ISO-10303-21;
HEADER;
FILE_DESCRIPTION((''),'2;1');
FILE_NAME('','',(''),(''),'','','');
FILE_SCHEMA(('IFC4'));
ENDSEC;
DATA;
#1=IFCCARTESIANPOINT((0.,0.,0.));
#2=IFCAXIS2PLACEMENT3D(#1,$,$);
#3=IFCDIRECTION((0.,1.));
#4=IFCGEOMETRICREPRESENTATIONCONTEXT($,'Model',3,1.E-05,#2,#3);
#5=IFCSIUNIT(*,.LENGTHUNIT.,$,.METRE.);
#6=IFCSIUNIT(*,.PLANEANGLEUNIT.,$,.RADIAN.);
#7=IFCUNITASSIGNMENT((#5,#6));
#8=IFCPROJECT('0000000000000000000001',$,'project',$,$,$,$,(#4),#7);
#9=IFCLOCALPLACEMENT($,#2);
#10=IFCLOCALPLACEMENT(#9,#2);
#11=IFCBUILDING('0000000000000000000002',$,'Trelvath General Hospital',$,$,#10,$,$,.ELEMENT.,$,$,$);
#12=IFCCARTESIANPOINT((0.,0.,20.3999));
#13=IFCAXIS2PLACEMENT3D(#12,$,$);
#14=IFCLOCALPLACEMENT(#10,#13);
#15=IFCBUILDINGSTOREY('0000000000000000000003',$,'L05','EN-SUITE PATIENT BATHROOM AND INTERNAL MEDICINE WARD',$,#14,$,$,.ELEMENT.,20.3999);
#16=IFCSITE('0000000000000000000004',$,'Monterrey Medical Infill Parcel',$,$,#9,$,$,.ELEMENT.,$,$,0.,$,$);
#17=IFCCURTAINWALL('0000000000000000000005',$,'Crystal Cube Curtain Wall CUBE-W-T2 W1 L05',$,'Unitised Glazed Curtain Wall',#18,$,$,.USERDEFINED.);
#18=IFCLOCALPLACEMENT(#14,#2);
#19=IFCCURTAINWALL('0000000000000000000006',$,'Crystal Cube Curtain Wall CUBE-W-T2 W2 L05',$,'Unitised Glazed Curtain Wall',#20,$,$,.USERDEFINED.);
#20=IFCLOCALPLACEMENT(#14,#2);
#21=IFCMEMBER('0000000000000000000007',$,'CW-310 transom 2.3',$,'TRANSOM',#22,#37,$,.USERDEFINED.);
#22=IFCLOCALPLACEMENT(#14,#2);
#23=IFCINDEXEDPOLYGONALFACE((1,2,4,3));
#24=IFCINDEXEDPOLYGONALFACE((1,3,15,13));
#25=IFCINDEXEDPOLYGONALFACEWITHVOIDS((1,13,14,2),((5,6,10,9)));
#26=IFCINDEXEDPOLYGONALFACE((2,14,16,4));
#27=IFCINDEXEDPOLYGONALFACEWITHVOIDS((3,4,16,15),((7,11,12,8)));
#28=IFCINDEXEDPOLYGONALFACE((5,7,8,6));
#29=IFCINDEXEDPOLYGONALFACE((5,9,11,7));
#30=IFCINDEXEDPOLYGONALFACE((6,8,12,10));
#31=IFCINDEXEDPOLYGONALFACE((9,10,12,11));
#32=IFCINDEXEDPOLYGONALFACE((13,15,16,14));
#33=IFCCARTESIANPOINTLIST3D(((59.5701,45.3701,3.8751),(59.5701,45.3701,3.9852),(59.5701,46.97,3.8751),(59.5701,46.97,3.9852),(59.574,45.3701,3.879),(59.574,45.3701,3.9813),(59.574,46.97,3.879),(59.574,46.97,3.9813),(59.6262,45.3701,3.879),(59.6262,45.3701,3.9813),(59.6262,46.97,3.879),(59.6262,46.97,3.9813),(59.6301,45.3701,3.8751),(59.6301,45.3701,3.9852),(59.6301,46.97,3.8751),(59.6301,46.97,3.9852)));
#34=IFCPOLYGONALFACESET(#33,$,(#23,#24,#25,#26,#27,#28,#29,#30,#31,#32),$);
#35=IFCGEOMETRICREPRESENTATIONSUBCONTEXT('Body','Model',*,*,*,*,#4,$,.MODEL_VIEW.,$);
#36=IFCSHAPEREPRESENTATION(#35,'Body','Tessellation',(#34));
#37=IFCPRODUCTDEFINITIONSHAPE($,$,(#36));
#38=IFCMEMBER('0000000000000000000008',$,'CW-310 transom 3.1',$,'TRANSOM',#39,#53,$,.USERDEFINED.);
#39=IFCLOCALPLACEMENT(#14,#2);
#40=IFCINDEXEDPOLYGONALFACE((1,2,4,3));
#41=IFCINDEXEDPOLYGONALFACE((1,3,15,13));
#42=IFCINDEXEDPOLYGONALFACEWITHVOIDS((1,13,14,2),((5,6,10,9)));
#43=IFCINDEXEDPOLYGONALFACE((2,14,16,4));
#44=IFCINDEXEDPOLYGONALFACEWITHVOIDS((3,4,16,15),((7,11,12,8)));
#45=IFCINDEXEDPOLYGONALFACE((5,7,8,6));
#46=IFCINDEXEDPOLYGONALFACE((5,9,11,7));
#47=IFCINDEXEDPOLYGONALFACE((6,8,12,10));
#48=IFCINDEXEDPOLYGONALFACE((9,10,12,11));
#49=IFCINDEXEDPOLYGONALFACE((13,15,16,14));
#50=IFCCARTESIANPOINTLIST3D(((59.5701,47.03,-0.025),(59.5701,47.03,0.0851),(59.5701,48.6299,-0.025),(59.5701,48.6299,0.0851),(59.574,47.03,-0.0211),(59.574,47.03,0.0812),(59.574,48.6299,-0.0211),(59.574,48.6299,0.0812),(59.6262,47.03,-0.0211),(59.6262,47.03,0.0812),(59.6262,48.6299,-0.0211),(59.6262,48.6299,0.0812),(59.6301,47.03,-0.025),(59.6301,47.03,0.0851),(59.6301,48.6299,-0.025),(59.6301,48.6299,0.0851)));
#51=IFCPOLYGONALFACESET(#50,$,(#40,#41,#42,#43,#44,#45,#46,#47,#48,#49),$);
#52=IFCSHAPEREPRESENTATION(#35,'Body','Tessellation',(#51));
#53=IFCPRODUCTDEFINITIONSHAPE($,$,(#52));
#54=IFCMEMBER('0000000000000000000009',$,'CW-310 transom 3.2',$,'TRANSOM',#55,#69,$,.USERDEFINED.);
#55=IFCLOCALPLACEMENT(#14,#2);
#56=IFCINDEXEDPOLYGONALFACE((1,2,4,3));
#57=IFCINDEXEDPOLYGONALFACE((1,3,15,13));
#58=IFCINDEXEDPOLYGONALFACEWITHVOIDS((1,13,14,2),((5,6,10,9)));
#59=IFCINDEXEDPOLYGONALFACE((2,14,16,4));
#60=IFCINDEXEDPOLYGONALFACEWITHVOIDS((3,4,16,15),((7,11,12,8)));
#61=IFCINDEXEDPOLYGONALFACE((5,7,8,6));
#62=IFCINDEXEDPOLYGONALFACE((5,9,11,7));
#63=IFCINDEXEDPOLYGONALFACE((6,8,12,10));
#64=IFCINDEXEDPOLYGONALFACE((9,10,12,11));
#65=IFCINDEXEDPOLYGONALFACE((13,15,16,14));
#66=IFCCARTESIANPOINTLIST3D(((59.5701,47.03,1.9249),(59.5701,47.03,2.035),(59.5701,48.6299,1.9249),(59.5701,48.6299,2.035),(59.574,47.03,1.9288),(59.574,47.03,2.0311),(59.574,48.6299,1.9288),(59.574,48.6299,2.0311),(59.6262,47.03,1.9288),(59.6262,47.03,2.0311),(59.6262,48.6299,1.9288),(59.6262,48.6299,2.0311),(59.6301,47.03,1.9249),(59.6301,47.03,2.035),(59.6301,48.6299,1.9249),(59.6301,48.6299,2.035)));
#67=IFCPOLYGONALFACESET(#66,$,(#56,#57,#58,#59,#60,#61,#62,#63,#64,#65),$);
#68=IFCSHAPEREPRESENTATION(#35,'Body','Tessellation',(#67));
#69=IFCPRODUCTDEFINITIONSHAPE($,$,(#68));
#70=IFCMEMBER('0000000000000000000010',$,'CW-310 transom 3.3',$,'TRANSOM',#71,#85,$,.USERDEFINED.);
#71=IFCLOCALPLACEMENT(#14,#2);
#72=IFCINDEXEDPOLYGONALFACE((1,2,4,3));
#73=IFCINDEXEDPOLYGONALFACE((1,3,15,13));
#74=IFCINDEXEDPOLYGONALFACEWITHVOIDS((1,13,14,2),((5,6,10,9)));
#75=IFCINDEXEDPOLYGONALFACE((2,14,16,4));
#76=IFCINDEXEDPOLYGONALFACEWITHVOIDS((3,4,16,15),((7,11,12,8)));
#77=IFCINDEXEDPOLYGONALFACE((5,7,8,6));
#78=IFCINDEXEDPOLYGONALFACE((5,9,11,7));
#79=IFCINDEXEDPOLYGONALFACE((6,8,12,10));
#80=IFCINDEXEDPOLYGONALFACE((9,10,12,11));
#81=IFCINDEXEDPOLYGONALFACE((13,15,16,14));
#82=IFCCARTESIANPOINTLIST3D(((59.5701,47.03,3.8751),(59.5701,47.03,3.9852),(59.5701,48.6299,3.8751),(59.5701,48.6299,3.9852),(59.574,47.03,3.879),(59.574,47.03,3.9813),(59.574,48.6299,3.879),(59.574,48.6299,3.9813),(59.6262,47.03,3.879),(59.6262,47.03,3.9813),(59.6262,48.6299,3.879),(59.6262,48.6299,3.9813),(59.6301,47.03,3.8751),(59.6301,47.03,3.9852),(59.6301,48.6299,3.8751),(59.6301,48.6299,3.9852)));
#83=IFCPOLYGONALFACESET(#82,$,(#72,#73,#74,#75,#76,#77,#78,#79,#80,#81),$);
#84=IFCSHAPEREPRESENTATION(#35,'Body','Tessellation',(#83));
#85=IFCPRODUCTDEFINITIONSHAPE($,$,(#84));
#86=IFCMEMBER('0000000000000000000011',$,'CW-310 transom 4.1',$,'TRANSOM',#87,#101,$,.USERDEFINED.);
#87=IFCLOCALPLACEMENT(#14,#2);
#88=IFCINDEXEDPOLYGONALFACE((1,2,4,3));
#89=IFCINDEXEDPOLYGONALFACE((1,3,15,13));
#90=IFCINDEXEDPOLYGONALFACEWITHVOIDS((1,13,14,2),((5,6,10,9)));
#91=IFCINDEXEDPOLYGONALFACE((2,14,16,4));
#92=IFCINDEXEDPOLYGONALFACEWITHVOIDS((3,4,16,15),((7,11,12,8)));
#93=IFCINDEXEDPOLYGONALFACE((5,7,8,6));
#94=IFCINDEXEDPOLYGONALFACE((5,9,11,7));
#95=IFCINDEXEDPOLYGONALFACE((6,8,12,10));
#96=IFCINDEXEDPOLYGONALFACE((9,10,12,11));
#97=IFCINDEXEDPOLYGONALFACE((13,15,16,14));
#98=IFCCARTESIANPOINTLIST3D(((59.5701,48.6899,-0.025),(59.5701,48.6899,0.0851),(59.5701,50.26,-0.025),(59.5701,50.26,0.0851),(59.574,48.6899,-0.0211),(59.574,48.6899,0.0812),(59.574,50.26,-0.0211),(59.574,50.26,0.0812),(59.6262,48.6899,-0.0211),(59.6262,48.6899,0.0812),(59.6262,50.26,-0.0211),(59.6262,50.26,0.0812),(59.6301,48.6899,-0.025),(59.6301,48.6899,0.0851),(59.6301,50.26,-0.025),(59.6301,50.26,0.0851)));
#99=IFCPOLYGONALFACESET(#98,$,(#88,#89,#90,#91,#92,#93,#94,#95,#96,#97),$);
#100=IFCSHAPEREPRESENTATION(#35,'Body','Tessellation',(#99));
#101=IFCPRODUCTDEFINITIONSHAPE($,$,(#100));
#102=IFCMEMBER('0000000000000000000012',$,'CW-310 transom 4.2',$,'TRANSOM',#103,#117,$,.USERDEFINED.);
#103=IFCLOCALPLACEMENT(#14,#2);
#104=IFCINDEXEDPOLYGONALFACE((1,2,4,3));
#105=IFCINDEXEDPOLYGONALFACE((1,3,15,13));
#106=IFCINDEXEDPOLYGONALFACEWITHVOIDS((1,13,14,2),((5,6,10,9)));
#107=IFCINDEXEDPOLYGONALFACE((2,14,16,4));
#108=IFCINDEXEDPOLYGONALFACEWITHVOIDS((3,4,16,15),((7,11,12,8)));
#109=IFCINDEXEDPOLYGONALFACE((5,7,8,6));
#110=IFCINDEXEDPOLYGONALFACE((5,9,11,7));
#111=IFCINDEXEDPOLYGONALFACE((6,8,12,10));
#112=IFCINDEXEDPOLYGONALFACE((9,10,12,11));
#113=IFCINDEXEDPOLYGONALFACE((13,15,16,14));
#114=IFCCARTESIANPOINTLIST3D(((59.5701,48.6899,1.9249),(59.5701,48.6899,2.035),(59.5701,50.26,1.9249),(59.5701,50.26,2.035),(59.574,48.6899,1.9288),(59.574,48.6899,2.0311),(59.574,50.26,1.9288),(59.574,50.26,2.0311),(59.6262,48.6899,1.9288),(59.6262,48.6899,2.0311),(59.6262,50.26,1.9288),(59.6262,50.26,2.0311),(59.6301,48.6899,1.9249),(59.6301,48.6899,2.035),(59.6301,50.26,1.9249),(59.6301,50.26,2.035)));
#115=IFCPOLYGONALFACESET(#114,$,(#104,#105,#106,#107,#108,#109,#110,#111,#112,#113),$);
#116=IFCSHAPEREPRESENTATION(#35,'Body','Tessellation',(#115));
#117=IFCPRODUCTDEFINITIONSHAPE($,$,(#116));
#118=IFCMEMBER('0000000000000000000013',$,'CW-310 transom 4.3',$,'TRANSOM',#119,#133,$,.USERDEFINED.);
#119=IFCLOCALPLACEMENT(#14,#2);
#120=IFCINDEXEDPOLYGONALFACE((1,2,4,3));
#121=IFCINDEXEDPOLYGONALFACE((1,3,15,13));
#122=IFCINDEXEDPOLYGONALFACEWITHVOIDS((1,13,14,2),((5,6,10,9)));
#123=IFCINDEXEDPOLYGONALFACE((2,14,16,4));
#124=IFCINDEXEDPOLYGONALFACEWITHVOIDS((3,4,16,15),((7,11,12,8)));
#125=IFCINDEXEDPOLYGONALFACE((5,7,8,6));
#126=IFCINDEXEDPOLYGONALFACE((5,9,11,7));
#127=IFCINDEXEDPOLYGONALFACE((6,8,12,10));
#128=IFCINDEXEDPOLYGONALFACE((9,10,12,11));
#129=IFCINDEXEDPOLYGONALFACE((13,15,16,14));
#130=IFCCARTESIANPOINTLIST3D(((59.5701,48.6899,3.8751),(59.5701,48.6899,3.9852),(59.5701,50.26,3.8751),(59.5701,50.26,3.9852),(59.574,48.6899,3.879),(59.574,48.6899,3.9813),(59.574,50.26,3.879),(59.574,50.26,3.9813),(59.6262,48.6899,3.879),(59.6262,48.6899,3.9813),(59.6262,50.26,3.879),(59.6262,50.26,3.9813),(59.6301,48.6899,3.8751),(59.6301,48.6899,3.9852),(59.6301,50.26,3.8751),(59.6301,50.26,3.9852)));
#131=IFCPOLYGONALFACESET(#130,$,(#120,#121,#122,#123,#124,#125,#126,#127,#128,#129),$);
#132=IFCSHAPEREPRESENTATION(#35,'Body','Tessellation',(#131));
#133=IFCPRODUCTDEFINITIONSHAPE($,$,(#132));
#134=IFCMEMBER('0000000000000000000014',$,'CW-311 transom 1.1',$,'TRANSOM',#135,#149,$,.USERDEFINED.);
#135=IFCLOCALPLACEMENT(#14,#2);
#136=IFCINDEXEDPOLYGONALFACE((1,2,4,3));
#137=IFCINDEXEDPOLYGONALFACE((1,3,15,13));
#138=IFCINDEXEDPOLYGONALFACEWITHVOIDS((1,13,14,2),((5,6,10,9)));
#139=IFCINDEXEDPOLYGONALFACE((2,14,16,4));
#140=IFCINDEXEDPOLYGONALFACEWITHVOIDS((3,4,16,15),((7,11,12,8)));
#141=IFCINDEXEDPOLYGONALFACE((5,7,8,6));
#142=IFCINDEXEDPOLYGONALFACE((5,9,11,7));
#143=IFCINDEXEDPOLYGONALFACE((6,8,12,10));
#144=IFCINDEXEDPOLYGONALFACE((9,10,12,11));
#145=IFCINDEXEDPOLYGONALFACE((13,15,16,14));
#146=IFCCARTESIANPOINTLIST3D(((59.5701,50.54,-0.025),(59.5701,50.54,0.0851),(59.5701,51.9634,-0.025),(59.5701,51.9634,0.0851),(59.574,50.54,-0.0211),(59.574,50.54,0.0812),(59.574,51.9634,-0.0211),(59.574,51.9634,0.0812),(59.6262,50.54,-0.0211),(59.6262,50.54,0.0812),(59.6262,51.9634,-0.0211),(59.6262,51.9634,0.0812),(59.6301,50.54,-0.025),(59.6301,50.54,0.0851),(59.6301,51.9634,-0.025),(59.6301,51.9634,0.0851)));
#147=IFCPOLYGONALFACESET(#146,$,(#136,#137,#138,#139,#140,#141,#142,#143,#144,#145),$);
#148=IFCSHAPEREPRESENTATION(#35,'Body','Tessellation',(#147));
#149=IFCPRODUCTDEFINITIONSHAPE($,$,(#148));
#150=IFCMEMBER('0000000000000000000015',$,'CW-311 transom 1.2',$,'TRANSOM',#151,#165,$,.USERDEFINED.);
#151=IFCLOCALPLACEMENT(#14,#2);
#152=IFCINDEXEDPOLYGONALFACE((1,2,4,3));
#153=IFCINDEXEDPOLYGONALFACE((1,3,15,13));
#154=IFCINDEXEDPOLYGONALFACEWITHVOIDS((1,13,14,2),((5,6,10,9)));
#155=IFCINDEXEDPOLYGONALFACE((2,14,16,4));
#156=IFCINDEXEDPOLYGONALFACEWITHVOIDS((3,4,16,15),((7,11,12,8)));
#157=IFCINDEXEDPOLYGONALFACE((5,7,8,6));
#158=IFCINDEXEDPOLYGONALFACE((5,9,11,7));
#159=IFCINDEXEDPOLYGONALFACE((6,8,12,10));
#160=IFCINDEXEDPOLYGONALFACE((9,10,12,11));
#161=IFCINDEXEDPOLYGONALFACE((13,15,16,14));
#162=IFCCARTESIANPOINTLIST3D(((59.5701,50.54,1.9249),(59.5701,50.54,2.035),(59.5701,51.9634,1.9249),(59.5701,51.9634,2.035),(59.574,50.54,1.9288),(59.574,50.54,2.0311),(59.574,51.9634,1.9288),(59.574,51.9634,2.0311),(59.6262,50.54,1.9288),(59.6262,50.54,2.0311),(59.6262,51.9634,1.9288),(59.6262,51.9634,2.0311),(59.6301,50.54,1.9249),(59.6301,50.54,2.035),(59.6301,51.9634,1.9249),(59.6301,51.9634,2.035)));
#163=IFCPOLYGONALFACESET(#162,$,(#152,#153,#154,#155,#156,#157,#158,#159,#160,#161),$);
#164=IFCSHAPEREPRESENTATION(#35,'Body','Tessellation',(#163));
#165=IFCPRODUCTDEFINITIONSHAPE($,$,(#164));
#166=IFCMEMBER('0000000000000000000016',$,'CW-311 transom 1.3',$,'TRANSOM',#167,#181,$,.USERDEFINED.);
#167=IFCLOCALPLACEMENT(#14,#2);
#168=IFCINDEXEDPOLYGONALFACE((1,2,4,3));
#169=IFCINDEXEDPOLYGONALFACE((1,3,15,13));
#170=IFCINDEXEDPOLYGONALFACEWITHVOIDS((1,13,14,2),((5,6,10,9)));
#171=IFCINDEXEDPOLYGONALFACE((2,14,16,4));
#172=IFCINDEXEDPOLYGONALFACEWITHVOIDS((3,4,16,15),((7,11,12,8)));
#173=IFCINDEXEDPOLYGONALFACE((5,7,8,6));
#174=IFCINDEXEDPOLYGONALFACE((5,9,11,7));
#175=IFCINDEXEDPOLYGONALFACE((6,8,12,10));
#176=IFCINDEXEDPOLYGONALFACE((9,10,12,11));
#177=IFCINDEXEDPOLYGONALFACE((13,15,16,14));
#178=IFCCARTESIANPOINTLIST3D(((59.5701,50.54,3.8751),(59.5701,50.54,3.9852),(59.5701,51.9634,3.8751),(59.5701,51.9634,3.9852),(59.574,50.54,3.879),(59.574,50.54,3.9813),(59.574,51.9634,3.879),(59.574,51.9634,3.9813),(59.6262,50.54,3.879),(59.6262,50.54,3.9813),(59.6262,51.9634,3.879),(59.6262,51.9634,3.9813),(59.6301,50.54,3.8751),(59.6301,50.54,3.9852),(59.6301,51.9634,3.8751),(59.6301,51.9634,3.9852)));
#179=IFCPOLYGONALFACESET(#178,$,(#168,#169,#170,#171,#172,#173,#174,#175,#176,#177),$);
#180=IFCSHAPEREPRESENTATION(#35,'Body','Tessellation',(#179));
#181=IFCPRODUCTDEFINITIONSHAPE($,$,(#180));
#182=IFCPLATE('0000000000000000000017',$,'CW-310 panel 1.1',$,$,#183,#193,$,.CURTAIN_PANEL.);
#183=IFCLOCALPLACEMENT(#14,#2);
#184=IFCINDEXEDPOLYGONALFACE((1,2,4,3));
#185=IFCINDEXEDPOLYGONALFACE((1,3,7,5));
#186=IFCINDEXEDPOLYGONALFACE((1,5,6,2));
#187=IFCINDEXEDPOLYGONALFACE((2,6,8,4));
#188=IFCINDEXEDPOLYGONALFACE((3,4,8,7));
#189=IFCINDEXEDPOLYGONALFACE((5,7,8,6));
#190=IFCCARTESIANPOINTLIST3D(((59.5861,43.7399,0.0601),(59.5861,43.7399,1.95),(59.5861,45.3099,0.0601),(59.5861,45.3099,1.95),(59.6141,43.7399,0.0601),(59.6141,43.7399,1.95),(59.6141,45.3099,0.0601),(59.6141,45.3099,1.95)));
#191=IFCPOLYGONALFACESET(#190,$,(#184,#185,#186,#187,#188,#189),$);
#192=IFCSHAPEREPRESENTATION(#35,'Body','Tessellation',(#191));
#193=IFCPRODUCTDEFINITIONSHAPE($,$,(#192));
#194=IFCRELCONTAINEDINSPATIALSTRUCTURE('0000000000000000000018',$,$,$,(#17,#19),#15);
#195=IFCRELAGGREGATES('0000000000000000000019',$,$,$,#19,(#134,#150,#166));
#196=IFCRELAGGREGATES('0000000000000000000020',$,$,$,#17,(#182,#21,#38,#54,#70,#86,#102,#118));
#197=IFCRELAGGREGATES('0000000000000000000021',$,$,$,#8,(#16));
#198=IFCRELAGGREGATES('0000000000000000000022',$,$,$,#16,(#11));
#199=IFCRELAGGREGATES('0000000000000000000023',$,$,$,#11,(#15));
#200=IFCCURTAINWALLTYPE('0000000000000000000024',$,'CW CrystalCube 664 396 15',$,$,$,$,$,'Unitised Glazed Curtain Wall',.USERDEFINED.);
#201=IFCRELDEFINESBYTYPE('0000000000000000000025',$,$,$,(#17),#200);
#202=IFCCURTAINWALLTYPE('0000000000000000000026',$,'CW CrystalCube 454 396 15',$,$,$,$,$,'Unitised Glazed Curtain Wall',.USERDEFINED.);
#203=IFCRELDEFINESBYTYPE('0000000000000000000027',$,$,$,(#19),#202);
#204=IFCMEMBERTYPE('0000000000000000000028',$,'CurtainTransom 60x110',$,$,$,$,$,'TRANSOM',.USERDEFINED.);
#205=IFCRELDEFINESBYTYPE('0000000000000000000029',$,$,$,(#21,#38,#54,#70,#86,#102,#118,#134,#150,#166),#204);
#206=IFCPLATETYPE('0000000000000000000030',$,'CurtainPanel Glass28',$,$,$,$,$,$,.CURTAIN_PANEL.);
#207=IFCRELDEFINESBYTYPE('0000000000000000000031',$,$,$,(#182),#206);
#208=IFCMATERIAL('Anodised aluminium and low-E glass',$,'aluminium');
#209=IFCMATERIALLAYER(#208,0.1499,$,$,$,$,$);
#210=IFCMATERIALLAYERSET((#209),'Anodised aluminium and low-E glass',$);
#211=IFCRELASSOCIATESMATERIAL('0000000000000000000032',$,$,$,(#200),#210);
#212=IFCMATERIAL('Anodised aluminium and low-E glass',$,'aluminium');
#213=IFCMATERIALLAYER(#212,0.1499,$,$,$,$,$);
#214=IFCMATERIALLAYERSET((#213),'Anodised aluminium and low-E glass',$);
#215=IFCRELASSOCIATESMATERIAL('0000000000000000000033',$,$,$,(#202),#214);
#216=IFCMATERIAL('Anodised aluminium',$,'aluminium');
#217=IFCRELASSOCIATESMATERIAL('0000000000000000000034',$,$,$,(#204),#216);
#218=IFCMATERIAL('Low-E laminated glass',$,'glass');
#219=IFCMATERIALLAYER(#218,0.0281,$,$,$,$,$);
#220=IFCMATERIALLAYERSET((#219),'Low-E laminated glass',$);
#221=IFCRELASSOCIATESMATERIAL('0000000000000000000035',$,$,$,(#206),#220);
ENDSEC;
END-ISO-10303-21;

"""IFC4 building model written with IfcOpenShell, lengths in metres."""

from ifc_helpers import new_model, si_unit, direction, frame, origin, origin_2d, place, context, subcontext, project, spatial, rectangle, hollow_rectangle, extrude, material, layer, layer_set, material_profile, profile_set, type_object, element, aggregate, save


model = new_model("IFC4")

# Units and contexts
model_context = context("Model", 3, precision=1e-05, world=origin(), true_north=direction((0.0, 1.0)))
body_context = subcontext(model_context, "Body", "Model", "MODEL_VIEW")
ifc_project = project(units=[si_unit("LENGTHUNIT", "METRE"), si_unit("PLANEANGLEUNIT", "RADIAN")], contexts=[model_context])

# Site, building, storey
site_placement = place(None, origin())
site = spatial("IfcSite", under=ifc_project, at=site_placement, Name="Monterrey Medical Infill Parcel", CompositionType="ELEMENT", RefElevation=0.0)
building_placement = place(site_placement, origin())
building = spatial("IfcBuilding", under=site, at=building_placement, Name="Trelvath General Hospital", CompositionType="ELEMENT")
storey_placement = place(building_placement, frame((0.0, 0.0, 20.3999)))
storey = spatial("IfcBuildingStorey", under=building, at=storey_placement, Name="L05", Description="EN-SUITE PATIENT BATHROOM AND INTERNAL MEDICINE WARD", CompositionType="ELEMENT", Elevation=20.3999)

# Curtain wall
ifc_material_1 = material(Name="Anodised aluminium and low-E glass", Category="aluminium")
ifc_layer_1 = layer(ifc_material_1, 0.1499)
ifc_layer_set_1 = layer_set([ifc_layer_1], Name="Anodised aluminium and low-E glass")
curtain_wall_type_1 = type_object("IfcCurtainWallType", Name="CW CrystalCube 664 396 15", ElementType="Unitised Glazed Curtain Wall", PredefinedType="USERDEFINED", material=ifc_layer_set_1)
curtain_wall_1_placement = place(storey_placement, origin())
curtain_wall_1 = element("IfcCurtainWall", 1, at=curtain_wall_1_placement, inside=storey, type_object=curtain_wall_type_1, Name="Crystal Cube Curtain Wall CUBE-W-T2 W1 L05", ObjectType="Unitised Glazed Curtain Wall", PredefinedType="USERDEFINED")

# Curtain wall
ifc_material_2 = material(Name="Anodised aluminium and low-E glass", Category="aluminium")
ifc_layer_2 = layer(ifc_material_2, 0.1499)
ifc_layer_set_2 = layer_set([ifc_layer_2], Name="Anodised aluminium and low-E glass")
curtain_wall_type_2 = type_object("IfcCurtainWallType", Name="CW CrystalCube 454 396 15", ElementType="Unitised Glazed Curtain Wall", PredefinedType="USERDEFINED", material=ifc_layer_set_2)
curtain_wall_2_placement = place(storey_placement, origin())
curtain_wall_2 = element("IfcCurtainWall", 2, at=curtain_wall_2_placement, inside=storey, type_object=curtain_wall_type_2, Name="Crystal Cube Curtain Wall CUBE-W-T2 W2 L05", ObjectType="Unitised Glazed Curtain Wall", PredefinedType="USERDEFINED")

# Members
ifc_material_3 = material(Name="Anodised aluminium", Category="aluminium")
ifc_material_profile_1 = material_profile(ifc_material_3, hollow_rectangle(XDim=0.0601, YDim=0.1101, WallThickness=0.0039, at=origin_2d()), Name="RHS60x110x4")
ifc_profile_set_1 = profile_set([ifc_material_profile_1], Name="Anodised aluminium")
member_type_1 = type_object("IfcMemberType", Name="CurtainTransom 60x110", ElementType="TRANSOM", PredefinedType="USERDEFINED", material=ifc_profile_set_1)
member_1_placement = place(storey_placement, frame((59.6001, 45.3701, 3.9302), z_axis=(0.0, 1.0, 0.0), x_axis=(-1.0, 0.0, 0.0)))
member_1 = element("IfcMember", 3, at=member_1_placement, type_object=member_type_1, Name="CW-310 transom 2.3", ObjectType="TRANSOM", PredefinedType="USERDEFINED", context=body_context, shape_type="SweptSolid", body=[
    extrude(hollow_rectangle(XDim=0.0601, YDim=0.1101, WallThickness=0.0039, at=origin_2d()), origin(), (0.0, 0.0, 1.0), 1.5999),
])
member_2_placement = place(storey_placement, frame((59.6001, 47.03, 0.03), z_axis=(0.0, 1.0, 0.0), x_axis=(-1.0, 0.0, 0.0)))
member_2 = element("IfcMember", 4, at=member_2_placement, type_object=member_type_1, Name="CW-310 transom 3.1", ObjectType="TRANSOM", PredefinedType="USERDEFINED", context=body_context, shape_type="SweptSolid", body=[
    extrude(hollow_rectangle(XDim=0.0601, YDim=0.1101, WallThickness=0.0039, at=origin_2d()), origin(), (0.0, 0.0, 1.0), 1.5999),
])
member_3_placement = place(storey_placement, frame((59.6001, 47.03, 1.98), z_axis=(0.0, 1.0, 0.0), x_axis=(-1.0, 0.0, 0.0)))
member_3 = element("IfcMember", 5, at=member_3_placement, type_object=member_type_1, Name="CW-310 transom 3.2", ObjectType="TRANSOM", PredefinedType="USERDEFINED", context=body_context, shape_type="SweptSolid", body=[
    extrude(hollow_rectangle(XDim=0.0601, YDim=0.1101, WallThickness=0.0039, at=origin_2d()), origin(), (0.0, 0.0, 1.0), 1.5999),
])
member_4_placement = place(storey_placement, frame((59.6001, 47.03, 3.9302), z_axis=(0.0, 1.0, 0.0), x_axis=(-1.0, 0.0, 0.0)))
member_4 = element("IfcMember", 6, at=member_4_placement, type_object=member_type_1, Name="CW-310 transom 3.3", ObjectType="TRANSOM", PredefinedType="USERDEFINED", context=body_context, shape_type="SweptSolid", body=[
    extrude(hollow_rectangle(XDim=0.0601, YDim=0.1101, WallThickness=0.0039, at=origin_2d()), origin(), (0.0, 0.0, 1.0), 1.5999),
])
member_5_placement = place(storey_placement, frame((59.6001, 48.6899, 0.03), z_axis=(0.0, 1.0, 0.0), x_axis=(-1.0, 0.0, 0.0)))
member_5 = element("IfcMember", 7, at=member_5_placement, type_object=member_type_1, Name="CW-310 transom 4.1", ObjectType="TRANSOM", PredefinedType="USERDEFINED", context=body_context, shape_type="SweptSolid", body=[
    extrude(hollow_rectangle(XDim=0.0601, YDim=0.1101, WallThickness=0.0039, at=origin_2d()), origin(), (0.0, 0.0, 1.0), 1.5701),
])
member_6_placement = place(storey_placement, frame((59.6001, 48.6899, 1.98), z_axis=(0.0, 1.0, 0.0), x_axis=(-1.0, 0.0, 0.0)))
member_6 = element("IfcMember", 8, at=member_6_placement, type_object=member_type_1, Name="CW-310 transom 4.2", ObjectType="TRANSOM", PredefinedType="USERDEFINED", context=body_context, shape_type="SweptSolid", body=[
    extrude(hollow_rectangle(XDim=0.0601, YDim=0.1101, WallThickness=0.0039, at=origin_2d()), origin(), (0.0, 0.0, 1.0), 1.5701),
])
member_7_placement = place(storey_placement, frame((59.6001, 48.6899, 3.9302), z_axis=(0.0, 1.0, 0.0), x_axis=(-1.0, 0.0, 0.0)))
member_7 = element("IfcMember", 9, at=member_7_placement, type_object=member_type_1, Name="CW-310 transom 4.3", ObjectType="TRANSOM", PredefinedType="USERDEFINED", context=body_context, shape_type="SweptSolid", body=[
    extrude(hollow_rectangle(XDim=0.0601, YDim=0.1101, WallThickness=0.0039, at=origin_2d()), origin(), (0.0, 0.0, 1.0), 1.5701),
])
member_8_placement = place(storey_placement, frame((59.6001, 50.54, 0.03), z_axis=(0.0, 1.0, 0.0), x_axis=(-1.0, 0.0, 0.0)))
member_8 = element("IfcMember", 10, at=member_8_placement, type_object=member_type_1, Name="CW-311 transom 1.1", ObjectType="TRANSOM", PredefinedType="USERDEFINED", context=body_context, shape_type="SweptSolid", body=[
    extrude(hollow_rectangle(XDim=0.0601, YDim=0.1101, WallThickness=0.0039, at=origin_2d()), origin(), (0.0, 0.0, 1.0), 1.4233),
])
member_9_placement = place(storey_placement, frame((59.6001, 50.54, 1.98), z_axis=(0.0, 1.0, 0.0), x_axis=(-1.0, 0.0, 0.0)))
member_9 = element("IfcMember", 11, at=member_9_placement, type_object=member_type_1, Name="CW-311 transom 1.2", ObjectType="TRANSOM", PredefinedType="USERDEFINED", context=body_context, shape_type="SweptSolid", body=[
    extrude(hollow_rectangle(XDim=0.0601, YDim=0.1101, WallThickness=0.0039, at=origin_2d()), origin(), (0.0, 0.0, 1.0), 1.4233),
])
member_10_placement = place(storey_placement, frame((59.6001, 50.54, 3.9302), z_axis=(0.0, 1.0, 0.0), x_axis=(-1.0, 0.0, 0.0)))
member_10 = element("IfcMember", 12, at=member_10_placement, type_object=member_type_1, Name="CW-311 transom 1.3", ObjectType="TRANSOM", PredefinedType="USERDEFINED", context=body_context, shape_type="SweptSolid", body=[
    extrude(hollow_rectangle(XDim=0.0601, YDim=0.1101, WallThickness=0.0039, at=origin_2d()), origin(), (0.0, 0.0, 1.0), 1.4233),
])
aggregate(curtain_wall_2, [member_8, member_9, member_10])

# Plate
ifc_material_4 = material(Name="Low-E laminated glass", Category="glass")
ifc_layer_3 = layer(ifc_material_4, 0.0281)
ifc_layer_set_3 = layer_set([ifc_layer_3], Name="Low-E laminated glass")
plate_type = type_object("IfcPlateType", Name="CurtainPanel Glass28", PredefinedType="CURTAIN_PANEL", material=ifc_layer_set_3)
plate_1_placement = place(storey_placement, frame((59.6001, 44.5249, 0.0601), z_axis=(0.0, 0.0, 1.0), x_axis=(0.0, 1.0, 0.0)))
plate_1 = element("IfcPlate", 13, at=plate_1_placement, type_object=plate_type, Name="CW-310 panel 1.1", PredefinedType="CURTAIN_PANEL", context=body_context, shape_type="SweptSolid", body=[
    extrude(rectangle(XDim=1.5701, YDim=0.0281, at=origin_2d()), origin(), (0.0, 0.0, 1.0), 1.8899),
])
aggregate(curtain_wall_1, [plate_1, member_1, member_2, member_3, member_4, member_5, member_6, member_7])

save(model, "model.ifc")
